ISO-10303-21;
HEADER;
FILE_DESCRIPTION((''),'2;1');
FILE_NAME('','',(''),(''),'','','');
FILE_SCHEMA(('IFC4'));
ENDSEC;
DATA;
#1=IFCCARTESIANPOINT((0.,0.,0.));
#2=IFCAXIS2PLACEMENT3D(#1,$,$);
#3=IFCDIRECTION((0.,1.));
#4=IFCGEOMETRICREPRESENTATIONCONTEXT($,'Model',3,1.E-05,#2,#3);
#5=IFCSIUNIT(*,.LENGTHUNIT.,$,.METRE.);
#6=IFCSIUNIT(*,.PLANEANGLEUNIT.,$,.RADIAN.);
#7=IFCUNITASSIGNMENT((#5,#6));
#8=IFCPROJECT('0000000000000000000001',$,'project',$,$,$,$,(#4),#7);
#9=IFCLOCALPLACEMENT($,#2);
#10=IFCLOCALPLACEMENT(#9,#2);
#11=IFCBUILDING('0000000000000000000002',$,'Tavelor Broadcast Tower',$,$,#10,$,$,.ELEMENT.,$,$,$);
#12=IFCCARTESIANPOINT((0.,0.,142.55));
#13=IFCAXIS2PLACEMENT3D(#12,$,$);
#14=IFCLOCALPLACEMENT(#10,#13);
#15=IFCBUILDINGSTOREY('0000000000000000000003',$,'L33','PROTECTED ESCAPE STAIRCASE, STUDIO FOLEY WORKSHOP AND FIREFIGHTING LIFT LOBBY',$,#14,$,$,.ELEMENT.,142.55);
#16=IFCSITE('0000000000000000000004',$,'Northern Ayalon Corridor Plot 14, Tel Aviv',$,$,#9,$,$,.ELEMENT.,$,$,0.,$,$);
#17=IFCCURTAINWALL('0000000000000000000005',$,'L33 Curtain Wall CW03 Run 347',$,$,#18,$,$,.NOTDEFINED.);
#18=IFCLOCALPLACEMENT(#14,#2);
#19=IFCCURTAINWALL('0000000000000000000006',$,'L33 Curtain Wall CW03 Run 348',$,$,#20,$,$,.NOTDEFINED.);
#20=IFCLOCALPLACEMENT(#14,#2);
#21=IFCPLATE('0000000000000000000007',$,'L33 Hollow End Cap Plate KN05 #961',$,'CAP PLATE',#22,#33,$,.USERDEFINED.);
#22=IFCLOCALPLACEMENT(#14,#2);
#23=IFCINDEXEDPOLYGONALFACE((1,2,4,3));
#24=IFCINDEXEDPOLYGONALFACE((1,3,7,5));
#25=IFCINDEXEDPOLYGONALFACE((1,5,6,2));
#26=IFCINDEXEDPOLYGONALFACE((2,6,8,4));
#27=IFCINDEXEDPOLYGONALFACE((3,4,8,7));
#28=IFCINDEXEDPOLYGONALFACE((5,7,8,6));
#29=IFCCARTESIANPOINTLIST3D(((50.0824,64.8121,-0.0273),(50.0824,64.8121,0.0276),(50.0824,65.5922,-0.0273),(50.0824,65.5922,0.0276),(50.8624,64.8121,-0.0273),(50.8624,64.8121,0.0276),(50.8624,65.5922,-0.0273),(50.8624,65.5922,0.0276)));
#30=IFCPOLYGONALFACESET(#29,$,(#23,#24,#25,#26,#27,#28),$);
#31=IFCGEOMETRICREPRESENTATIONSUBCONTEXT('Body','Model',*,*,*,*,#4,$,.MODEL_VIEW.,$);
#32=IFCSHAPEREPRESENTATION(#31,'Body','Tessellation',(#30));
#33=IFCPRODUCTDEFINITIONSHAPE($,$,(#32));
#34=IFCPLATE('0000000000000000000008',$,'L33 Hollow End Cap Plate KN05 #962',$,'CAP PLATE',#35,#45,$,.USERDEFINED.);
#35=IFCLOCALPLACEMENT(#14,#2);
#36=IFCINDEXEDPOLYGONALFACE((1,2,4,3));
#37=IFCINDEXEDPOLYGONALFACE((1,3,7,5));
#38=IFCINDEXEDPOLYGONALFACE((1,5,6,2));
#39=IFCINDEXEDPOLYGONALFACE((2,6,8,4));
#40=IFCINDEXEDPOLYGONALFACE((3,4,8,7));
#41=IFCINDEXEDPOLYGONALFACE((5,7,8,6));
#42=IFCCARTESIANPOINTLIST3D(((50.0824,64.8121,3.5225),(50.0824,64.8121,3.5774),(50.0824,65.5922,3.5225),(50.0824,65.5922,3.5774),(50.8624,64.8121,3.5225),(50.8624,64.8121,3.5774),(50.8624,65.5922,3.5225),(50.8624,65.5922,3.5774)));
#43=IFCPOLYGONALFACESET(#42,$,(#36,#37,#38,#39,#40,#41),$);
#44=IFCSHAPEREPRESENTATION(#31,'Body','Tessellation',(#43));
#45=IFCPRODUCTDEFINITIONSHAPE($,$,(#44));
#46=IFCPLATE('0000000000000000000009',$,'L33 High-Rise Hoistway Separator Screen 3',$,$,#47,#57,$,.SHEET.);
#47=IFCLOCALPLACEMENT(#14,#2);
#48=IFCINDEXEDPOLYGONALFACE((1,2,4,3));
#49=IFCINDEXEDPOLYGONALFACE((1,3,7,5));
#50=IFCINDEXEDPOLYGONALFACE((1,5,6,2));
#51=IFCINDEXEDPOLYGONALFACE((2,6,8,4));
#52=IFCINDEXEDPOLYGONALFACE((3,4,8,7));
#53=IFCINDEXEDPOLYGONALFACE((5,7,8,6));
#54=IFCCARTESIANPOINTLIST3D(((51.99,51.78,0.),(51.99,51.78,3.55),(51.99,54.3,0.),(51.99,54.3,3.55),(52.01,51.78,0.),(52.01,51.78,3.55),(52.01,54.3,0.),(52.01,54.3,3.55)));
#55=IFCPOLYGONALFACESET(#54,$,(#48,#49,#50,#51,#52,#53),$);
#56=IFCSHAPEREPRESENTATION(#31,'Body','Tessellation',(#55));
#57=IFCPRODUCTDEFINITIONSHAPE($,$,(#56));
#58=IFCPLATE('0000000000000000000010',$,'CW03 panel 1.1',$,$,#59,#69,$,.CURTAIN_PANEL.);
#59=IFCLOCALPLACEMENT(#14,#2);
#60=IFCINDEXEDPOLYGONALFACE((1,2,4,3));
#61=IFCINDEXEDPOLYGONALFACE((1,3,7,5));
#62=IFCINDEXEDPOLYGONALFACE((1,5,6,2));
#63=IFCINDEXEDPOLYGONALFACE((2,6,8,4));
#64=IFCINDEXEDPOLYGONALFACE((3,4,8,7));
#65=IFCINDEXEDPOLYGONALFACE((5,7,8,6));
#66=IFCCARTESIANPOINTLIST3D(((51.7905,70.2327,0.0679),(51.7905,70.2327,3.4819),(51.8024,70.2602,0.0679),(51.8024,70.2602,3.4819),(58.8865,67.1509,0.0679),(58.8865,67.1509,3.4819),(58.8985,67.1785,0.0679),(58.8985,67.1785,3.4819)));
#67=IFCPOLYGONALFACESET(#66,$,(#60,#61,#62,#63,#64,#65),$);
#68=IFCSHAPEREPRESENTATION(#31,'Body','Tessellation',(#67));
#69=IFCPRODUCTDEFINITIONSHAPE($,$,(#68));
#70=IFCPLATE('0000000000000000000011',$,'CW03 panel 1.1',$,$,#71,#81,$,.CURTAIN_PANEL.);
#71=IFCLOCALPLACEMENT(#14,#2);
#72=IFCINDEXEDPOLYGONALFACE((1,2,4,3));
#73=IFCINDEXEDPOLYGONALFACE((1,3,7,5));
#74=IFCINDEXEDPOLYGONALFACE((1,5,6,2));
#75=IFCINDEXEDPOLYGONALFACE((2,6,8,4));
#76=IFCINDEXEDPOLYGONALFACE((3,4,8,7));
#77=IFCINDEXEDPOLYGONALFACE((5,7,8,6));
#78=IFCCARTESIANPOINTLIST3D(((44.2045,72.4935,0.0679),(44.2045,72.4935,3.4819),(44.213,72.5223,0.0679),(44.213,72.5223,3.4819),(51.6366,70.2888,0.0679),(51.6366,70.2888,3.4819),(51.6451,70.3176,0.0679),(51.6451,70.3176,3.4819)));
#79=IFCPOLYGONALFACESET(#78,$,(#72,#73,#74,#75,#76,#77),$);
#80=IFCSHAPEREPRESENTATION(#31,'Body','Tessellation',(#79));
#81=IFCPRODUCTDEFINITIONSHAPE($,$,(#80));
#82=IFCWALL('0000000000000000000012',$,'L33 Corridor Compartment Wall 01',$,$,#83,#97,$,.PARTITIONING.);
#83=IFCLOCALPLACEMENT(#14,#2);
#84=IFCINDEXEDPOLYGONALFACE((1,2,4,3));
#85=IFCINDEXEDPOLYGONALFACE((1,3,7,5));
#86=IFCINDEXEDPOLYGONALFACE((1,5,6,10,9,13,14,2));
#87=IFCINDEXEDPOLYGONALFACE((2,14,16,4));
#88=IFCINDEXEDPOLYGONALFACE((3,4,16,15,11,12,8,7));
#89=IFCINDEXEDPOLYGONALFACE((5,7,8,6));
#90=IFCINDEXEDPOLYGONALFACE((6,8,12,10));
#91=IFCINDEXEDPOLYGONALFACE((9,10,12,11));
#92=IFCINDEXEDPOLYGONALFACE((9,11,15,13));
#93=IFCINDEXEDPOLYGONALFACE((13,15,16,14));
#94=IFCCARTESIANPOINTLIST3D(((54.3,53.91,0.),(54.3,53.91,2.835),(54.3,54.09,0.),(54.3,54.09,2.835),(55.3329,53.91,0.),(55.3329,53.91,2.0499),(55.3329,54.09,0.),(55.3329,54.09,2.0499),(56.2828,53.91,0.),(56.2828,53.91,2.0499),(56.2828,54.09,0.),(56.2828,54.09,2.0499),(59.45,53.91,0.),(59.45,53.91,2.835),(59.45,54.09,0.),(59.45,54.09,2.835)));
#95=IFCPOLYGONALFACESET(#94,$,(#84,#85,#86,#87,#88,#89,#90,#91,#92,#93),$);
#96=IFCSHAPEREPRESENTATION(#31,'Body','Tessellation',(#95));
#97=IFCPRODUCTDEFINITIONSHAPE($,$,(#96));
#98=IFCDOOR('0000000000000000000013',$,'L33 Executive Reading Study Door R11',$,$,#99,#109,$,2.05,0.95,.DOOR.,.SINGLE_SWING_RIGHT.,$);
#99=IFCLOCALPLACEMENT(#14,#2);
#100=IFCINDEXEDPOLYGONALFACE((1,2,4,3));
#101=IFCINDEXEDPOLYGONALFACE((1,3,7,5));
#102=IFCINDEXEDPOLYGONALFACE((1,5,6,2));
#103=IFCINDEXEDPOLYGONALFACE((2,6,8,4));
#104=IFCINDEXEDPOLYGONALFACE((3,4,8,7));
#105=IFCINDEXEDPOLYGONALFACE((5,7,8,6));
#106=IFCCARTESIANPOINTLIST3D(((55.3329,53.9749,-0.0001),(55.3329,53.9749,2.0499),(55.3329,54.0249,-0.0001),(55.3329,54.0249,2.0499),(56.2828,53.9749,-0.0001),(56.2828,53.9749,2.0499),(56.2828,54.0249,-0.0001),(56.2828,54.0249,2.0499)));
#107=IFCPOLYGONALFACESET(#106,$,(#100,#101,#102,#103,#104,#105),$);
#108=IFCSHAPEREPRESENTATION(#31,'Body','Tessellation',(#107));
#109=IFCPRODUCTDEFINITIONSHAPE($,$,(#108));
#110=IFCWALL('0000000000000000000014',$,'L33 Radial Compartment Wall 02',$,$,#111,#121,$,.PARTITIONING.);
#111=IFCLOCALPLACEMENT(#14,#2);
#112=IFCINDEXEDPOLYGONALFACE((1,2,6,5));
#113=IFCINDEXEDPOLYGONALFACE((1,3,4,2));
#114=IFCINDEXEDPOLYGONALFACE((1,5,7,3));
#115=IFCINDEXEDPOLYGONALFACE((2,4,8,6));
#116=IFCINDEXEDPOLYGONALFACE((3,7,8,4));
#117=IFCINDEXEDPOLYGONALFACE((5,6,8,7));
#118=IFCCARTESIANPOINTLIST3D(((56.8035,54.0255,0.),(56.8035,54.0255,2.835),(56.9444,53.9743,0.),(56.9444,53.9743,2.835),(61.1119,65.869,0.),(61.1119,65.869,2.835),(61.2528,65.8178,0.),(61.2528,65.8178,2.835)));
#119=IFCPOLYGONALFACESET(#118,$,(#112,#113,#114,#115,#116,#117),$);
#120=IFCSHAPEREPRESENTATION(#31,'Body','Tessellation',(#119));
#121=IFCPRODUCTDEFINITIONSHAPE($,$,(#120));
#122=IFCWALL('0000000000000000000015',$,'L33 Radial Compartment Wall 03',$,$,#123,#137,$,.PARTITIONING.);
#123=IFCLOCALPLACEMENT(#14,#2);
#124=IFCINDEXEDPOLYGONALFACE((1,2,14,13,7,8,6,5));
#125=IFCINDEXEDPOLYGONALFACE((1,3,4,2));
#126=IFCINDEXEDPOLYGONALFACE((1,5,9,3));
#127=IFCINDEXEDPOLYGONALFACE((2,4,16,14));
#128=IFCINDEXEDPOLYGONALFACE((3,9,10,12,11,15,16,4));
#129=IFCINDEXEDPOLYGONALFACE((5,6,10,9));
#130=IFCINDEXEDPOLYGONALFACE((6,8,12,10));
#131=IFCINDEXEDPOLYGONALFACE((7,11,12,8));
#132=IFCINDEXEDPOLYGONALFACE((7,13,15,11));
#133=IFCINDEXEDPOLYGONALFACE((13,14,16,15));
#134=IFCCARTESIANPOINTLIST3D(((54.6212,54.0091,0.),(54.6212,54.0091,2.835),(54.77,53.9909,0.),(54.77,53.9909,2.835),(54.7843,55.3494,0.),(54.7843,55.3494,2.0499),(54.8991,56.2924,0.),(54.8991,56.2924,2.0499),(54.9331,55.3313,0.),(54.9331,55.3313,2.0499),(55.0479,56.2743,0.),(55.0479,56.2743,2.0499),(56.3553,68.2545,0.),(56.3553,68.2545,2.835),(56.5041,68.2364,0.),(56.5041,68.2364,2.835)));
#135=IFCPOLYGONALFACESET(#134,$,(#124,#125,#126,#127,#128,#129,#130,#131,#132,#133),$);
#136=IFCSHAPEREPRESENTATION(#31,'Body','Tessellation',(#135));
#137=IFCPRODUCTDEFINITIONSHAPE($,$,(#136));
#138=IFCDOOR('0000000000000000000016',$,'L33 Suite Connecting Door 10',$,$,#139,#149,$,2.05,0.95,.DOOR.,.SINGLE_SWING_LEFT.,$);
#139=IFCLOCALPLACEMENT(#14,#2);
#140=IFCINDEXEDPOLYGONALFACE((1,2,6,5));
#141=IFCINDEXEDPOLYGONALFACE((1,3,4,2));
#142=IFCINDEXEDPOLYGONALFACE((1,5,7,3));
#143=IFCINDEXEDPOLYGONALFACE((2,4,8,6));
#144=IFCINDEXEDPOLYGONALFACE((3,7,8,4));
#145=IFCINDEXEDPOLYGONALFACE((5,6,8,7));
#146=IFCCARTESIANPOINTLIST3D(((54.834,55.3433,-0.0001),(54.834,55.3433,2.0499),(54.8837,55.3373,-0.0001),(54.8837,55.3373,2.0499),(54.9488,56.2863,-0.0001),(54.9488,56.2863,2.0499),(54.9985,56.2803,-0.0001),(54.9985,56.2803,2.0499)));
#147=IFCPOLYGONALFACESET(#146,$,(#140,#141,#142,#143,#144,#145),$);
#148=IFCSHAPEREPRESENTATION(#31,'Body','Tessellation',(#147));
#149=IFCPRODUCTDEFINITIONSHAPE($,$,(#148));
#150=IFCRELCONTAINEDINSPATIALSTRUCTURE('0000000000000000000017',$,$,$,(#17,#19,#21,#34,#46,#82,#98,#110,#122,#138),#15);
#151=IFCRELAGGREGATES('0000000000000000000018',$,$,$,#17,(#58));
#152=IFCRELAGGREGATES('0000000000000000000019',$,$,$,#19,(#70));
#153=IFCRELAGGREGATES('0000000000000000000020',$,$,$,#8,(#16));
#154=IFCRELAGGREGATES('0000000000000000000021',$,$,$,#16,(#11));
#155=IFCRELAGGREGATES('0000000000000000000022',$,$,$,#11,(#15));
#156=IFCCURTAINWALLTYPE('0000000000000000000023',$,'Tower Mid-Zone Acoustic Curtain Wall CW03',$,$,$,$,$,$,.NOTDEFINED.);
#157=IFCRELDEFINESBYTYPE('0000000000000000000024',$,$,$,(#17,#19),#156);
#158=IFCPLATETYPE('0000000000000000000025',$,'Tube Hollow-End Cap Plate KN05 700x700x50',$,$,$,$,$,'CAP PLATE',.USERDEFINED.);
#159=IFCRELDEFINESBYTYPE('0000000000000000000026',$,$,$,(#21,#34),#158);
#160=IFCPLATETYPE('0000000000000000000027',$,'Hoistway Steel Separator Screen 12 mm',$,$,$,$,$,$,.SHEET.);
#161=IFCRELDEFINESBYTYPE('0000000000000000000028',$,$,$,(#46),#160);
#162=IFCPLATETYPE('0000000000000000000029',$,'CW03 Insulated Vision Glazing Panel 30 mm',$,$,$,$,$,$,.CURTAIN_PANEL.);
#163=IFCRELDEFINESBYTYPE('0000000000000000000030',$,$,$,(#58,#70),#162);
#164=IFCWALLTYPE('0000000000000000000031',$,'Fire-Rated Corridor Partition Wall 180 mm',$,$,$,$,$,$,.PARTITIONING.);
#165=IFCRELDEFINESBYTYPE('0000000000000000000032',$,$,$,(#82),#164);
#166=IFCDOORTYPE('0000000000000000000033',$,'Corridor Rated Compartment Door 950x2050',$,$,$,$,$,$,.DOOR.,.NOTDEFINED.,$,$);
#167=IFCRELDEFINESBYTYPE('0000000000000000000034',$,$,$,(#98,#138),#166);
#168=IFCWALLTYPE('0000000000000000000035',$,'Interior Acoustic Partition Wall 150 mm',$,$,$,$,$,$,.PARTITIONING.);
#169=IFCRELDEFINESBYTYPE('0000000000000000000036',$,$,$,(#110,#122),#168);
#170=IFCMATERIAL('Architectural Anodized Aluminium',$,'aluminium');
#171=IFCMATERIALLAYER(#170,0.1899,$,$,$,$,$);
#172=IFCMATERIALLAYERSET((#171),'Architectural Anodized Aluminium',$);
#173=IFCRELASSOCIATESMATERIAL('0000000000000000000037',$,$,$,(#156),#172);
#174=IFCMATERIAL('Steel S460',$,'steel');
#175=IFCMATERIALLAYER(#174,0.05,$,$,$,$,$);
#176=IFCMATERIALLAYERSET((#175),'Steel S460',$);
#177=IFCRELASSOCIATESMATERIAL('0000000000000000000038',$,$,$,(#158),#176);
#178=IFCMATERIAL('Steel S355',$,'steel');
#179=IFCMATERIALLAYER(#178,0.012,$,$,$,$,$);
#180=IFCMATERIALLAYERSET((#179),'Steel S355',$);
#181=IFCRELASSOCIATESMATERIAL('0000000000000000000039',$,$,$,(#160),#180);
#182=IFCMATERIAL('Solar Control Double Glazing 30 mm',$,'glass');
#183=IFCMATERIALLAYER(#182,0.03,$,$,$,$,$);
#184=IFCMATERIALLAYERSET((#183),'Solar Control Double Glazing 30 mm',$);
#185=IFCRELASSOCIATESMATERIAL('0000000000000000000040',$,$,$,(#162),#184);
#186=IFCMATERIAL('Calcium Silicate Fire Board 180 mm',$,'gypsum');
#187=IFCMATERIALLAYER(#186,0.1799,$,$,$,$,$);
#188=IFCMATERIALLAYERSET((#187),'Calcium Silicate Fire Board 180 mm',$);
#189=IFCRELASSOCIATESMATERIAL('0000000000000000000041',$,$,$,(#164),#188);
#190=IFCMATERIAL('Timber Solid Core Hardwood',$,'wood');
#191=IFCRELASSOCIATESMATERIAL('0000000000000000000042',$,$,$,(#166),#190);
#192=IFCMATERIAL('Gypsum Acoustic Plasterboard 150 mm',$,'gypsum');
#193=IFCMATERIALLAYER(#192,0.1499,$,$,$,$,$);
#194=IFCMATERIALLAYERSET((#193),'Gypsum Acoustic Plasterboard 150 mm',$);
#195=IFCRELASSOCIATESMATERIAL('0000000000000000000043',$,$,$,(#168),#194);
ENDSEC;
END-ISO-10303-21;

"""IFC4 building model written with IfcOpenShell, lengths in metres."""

from ifc_helpers import new_model, si_unit, direction, frame, frame_2d, origin, origin_2d, place, context, subcontext, project, spatial, rectangle, extrude, source, transform, mapped, material, layer, layer_set, type_object, type_shapes, element, fill, aggregate, save


model = new_model("IFC4")

# Units and contexts
model_context = context("Model", 3, precision=1e-05, world=origin(), true_north=direction((0.0, 1.0)))
body_context = subcontext(model_context, "Body", "Model", "MODEL_VIEW")
ifc_project = project(units=[si_unit("LENGTHUNIT", "METRE"), si_unit("PLANEANGLEUNIT", "RADIAN")], contexts=[model_context])

# Site, building, storey
site_placement = place(None, origin())
site = spatial("IfcSite", under=ifc_project, at=site_placement, Name="Northern Ayalon Corridor Plot 14, Tel Aviv", CompositionType="ELEMENT", RefElevation=0.0)
building_placement = place(site_placement, origin())
building = spatial("IfcBuilding", under=site, at=building_placement, Name="Tavelor Broadcast Tower", CompositionType="ELEMENT")
storey_placement = place(building_placement, frame((0.0, 0.0, 142.55)))
storey = spatial("IfcBuildingStorey", under=building, at=storey_placement, Name="L33", Description="PROTECTED ESCAPE STAIRCASE, STUDIO FOLEY WORKSHOP AND FIREFIGHTING LIFT LOBBY", CompositionType="ELEMENT", Elevation=142.55)

# Shared definitions
ifc_material_1 = material(Name="Steel S460", Category="steel")

# Shared definitions
ifc_material_2 = material(Name="Steel S355", Category="steel")

# Curtain wall
ifc_material_3 = material(Name="Architectural Anodized Aluminium", Category="aluminium")
ifc_layer_1 = layer(ifc_material_3, 0.1899)
ifc_layer_set_1 = layer_set([ifc_layer_1], Name="Architectural Anodized Aluminium")
curtain_wall_type = type_object("IfcCurtainWallType", Name="Tower Mid-Zone Acoustic Curtain Wall CW03", PredefinedType="NOTDEFINED", material=ifc_layer_set_1)
curtain_wall_1_placement = place(storey_placement, origin())
curtain_wall_1 = element("IfcCurtainWall", 1, at=curtain_wall_1_placement, inside=storey, type_object=curtain_wall_type, Name="L33 Curtain Wall CW03 Run 347", PredefinedType="NOTDEFINED")

# Curtain wall
curtain_wall_2_placement = place(storey_placement, origin())
curtain_wall_2 = element("IfcCurtainWall", 2, at=curtain_wall_2_placement, inside=storey, type_object=curtain_wall_type, Name="L33 Curtain Wall CW03 Run 348", PredefinedType="NOTDEFINED")

# Plates
ifc_layer_2 = layer(ifc_material_1, 0.05)
ifc_layer_set_2 = layer_set([ifc_layer_2], Name="Steel S460")
plate_type_1 = type_object("IfcPlateType", Name="Tube Hollow-End Cap Plate KN05 700x700x50", ElementType="CAP PLATE", PredefinedType="USERDEFINED", material=ifc_layer_set_2)
shared_shape_1 = source(origin(), body_context, "Body", "SweptSolid", [
    extrude(rectangle(XDim=0.78, YDim=0.78, at=origin_2d()), origin(), (0.0, 0.0, 1.0), 0.0549),
])
type_shapes(plate_type_1, [shared_shape_1])
for number, where, z_axis, x_axis, name in (
    (3, (50.4724, 65.2021, -0.0273), (0.0, 0.0, 1.0), (1.0, 0.0, 0.0), "L33 Hollow End Cap Plate KN05 #961"),
    (4, (50.4724, 65.2021, 3.5225), (0.0, 0.0, 1.0), (1.0, 0.0, 0.0), "L33 Hollow End Cap Plate KN05 #962"),
):
    element("IfcPlate", number, at=place(storey_placement, frame(where, z_axis=z_axis, x_axis=x_axis)), inside=storey, type_object=plate_type_1, Name=name, ObjectType="CAP PLATE", PredefinedType="USERDEFINED", context=body_context, shape_type="MappedRepresentation", body=[
        mapped(shared_shape_1, transform((0.0, 0.0, 0.0), scale=1.0)),
    ])
ifc_layer_3 = layer(ifc_material_2, 0.012)
ifc_layer_set_3 = layer_set([ifc_layer_3], Name="Steel S355")
plate_type_2 = type_object("IfcPlateType", Name="Hoistway Steel Separator Screen 12 mm", PredefinedType="SHEET", material=ifc_layer_set_3)
shared_shape_2 = source(origin(), body_context, "Body", "SweptSolid", [
    extrude(rectangle(XDim=0.02, YDim=2.52, at=origin_2d()), origin(), (0.0, 0.0, 1.0), 3.55),
])
type_shapes(plate_type_2, [shared_shape_2])
plate_1_placement = place(storey_placement, frame((52.0, 53.04, 0.0), z_axis=(0.0, 0.0, 1.0), x_axis=(1.0, 0.0, 0.0)))
element("IfcPlate", 5, at=plate_1_placement, inside=storey, type_object=plate_type_2, Name="L33 High-Rise Hoistway Separator Screen 3", PredefinedType="SHEET", context=body_context, shape_type="MappedRepresentation", body=[
    mapped(shared_shape_2, transform((0.0, 0.0, 0.0), scale=1.0)),
])

# Plates
ifc_material_4 = material(Name="Solar Control Double Glazing 30 mm", Category="glass")
ifc_layer_4 = layer(ifc_material_4, 0.03)
ifc_layer_set_4 = layer_set([ifc_layer_4], Name="Solar Control Double Glazing 30 mm")
plate_type_3 = type_object("IfcPlateType", Name="CW03 Insulated Vision Glazing Panel 30 mm", PredefinedType="CURTAIN_PANEL", material=ifc_layer_set_4)
shared_shape_3 = source(origin(), body_context, "Body", "SweptSolid", [
    extrude(rectangle(XDim=7.7363, YDim=0.03, at=origin_2d()), origin(), (0.0, 0.0, 1.0), 3.4141),
])
plate_2_placement = place(storey_placement, frame((55.3445, 68.7056, 0.0679), z_axis=(0.0, 0.0, 1.0), x_axis=(-0.917236, 0.398344, 0.0)))
plate_2 = element("IfcPlate", 6, at=plate_2_placement, type_object=plate_type_3, Name="CW03 panel 1.1", PredefinedType="CURTAIN_PANEL", context=body_context, shape_type="MappedRepresentation", body=[
    mapped(shared_shape_3, transform((0.0, 0.0, 0.0), scale=1.0)),
])
aggregate(curtain_wall_1, [plate_2])
shared_shape_4 = source(origin(), body_context, "Body", "SweptSolid", [
    extrude(rectangle(XDim=7.7522, YDim=0.03, at=origin_2d()), origin(), (0.0, 0.0, 1.0), 3.4141),
])
type_shapes(plate_type_3, [shared_shape_3, shared_shape_4])
plate_3_placement = place(storey_placement, frame((47.9248, 71.4055, 0.0679), z_axis=(0.0, 0.0, 1.0), x_axis=(-0.958706, 0.284398, 0.0)))
plate_3 = element("IfcPlate", 7, at=plate_3_placement, type_object=plate_type_3, Name="CW03 panel 1.1", PredefinedType="CURTAIN_PANEL", context=body_context, shape_type="MappedRepresentation", body=[
    mapped(shared_shape_4, transform((0.0, 0.0, 0.0), scale=1.0)),
])
aggregate(curtain_wall_2, [plate_3])

# Wall, opening, door
ifc_material_5 = material(Name="Calcium Silicate Fire Board 180 mm", Category="gypsum")
ifc_layer_5 = layer(ifc_material_5, 0.1799)
ifc_layer_set_5 = layer_set([ifc_layer_5], Name="Calcium Silicate Fire Board 180 mm")
wall_type_1 = type_object("IfcWallType", Name="Fire-Rated Corridor Partition Wall 180 mm", PredefinedType="PARTITIONING", material=ifc_layer_set_5)
wall_1_placement = place(storey_placement, frame((54.3, 54.0, 0.0), z_axis=(0.0, 0.0, 1.0), x_axis=(1.0, 0.0, 0.0)))
wall_1 = element("IfcWall", 8, at=wall_1_placement, inside=storey, type_object=wall_type_1, Name="L33 Corridor Compartment Wall 01", PredefinedType="PARTITIONING", context=body_context, shape_type="SweptSolid", body=[
    extrude(rectangle(XDim=5.1499, YDim=0.1799, at=frame_2d((2.575, 0.0))), origin(), (0.0, 0.0, 1.0), 2.835),
])
opening_1_placement = place(wall_1_placement, frame((1.0327, 0.0, 0.0)))
opening_1 = element("IfcOpeningElement", 9, at=opening_1_placement, cuts=wall_1, PredefinedType="OPENING", context=body_context, shape_type="SweptSolid", body=[
    extrude(rectangle(XDim=0.95, YDim=2.05, at=frame_2d((0.4751, 1.0249))), frame((0.0, 0.1001, 0.0), z_axis=(0.0, -1.0, 0.0), x_axis=(1.0, 0.0, 0.0)), (0.0, 0.0, 1.0), 0.2),
])
ifc_material_6 = material(Name="Timber Solid Core Hardwood", Category="wood")
door_type = type_object("IfcDoorType", Name="Corridor Rated Compartment Door 950x2050", OperationType="NOTDEFINED", PredefinedType="DOOR", material=ifc_material_6)
door_1_placement = place(opening_1_placement, origin())
door_1 = element("IfcDoor", 10, at=door_1_placement, inside=storey, type_object=door_type, Name="L33 Executive Reading Study Door R11", OperationType="SINGLE_SWING_RIGHT", OverallHeight=2.05, OverallWidth=0.95, PredefinedType="DOOR", context=body_context, shape_type="SweptSolid", body=[
    extrude(rectangle(XDim=0.95, YDim=2.05, at=frame_2d((0.4751, 1.0249))), frame((0.0, 0.0249, 0.0), z_axis=(0.0, -1.0, 0.0), x_axis=(1.0, 0.0, 0.0)), (0.0, 0.0, 1.0), 0.05),
])
fill(opening_1, door_1)

# Wall
ifc_material_7 = material(Name="Gypsum Acoustic Plasterboard 150 mm", Category="gypsum")
ifc_layer_6 = layer(ifc_material_7, 0.1499)
ifc_layer_set_6 = layer_set([ifc_layer_6], Name="Gypsum Acoustic Plasterboard 150 mm")
wall_type_2 = type_object("IfcWallType", Name="Interior Acoustic Partition Wall 150 mm", PredefinedType="PARTITIONING", material=ifc_layer_set_6)
wall_2_placement = place(storey_placement, frame((56.874, 54.0, 0.0), z_axis=(0.0, 0.0, 1.0), x_axis=(0.341857, 0.939752, 0.0)))
element("IfcWall", 11, at=wall_2_placement, inside=storey, type_object=wall_type_2, Name="L33 Radial Compartment Wall 02", PredefinedType="PARTITIONING", context=body_context, shape_type="SweptSolid", body=[
    extrude(rectangle(XDim=12.6028, YDim=0.1499, at=frame_2d((6.3013, 0.0))), origin(), (0.0, 0.0, 1.0), 2.835),
])

# Wall, opening, door
wall_3_placement = place(storey_placement, frame((54.6956, 54.0, 0.0), z_axis=(0.0, 0.0, 1.0), x_axis=(0.120841, 0.992672, 0.0)))
wall_3 = element("IfcWall", 12, at=wall_3_placement, inside=storey, type_object=wall_type_2, Name="L33 Radial Compartment Wall 03", PredefinedType="PARTITIONING", context=body_context, shape_type="SweptSolid", body=[
    extrude(rectangle(XDim=14.3506, YDim=0.1499, at=frame_2d((7.1753, 0.0))), origin(), (0.0, 0.0, 1.0), 2.835),
])
opening_2_placement = place(wall_3_placement, frame((1.3501, 0.0, 0.0)))
opening_2 = element("IfcOpeningElement", 13, at=opening_2_placement, cuts=wall_3, PredefinedType="OPENING", context=body_context, shape_type="SweptSolid", body=[
    extrude(rectangle(XDim=0.95, YDim=2.05, at=frame_2d((0.4751, 1.0249))), frame((0.0, 0.085, 0.0), z_axis=(0.0, -1.0, 0.0), x_axis=(1.0, 0.0, 0.0)), (0.0, 0.0, 1.0), 0.1699),
])
door_2_placement = place(opening_2_placement, origin())
door_2 = element("IfcDoor", 14, at=door_2_placement, inside=storey, type_object=door_type, Name="L33 Suite Connecting Door 10", OperationType="SINGLE_SWING_LEFT", OverallHeight=2.05, OverallWidth=0.95, PredefinedType="DOOR", context=body_context, shape_type="SweptSolid", body=[
    extrude(rectangle(XDim=0.95, YDim=2.05, at=frame_2d((0.4751, 1.0249))), frame((0.0, 0.0249, 0.0), z_axis=(0.0, -1.0, 0.0), x_axis=(1.0, 0.0, 0.0)), (0.0, 0.0, 1.0), 0.05),
])
fill(opening_2, door_2)

save(model, "model.ifc")
